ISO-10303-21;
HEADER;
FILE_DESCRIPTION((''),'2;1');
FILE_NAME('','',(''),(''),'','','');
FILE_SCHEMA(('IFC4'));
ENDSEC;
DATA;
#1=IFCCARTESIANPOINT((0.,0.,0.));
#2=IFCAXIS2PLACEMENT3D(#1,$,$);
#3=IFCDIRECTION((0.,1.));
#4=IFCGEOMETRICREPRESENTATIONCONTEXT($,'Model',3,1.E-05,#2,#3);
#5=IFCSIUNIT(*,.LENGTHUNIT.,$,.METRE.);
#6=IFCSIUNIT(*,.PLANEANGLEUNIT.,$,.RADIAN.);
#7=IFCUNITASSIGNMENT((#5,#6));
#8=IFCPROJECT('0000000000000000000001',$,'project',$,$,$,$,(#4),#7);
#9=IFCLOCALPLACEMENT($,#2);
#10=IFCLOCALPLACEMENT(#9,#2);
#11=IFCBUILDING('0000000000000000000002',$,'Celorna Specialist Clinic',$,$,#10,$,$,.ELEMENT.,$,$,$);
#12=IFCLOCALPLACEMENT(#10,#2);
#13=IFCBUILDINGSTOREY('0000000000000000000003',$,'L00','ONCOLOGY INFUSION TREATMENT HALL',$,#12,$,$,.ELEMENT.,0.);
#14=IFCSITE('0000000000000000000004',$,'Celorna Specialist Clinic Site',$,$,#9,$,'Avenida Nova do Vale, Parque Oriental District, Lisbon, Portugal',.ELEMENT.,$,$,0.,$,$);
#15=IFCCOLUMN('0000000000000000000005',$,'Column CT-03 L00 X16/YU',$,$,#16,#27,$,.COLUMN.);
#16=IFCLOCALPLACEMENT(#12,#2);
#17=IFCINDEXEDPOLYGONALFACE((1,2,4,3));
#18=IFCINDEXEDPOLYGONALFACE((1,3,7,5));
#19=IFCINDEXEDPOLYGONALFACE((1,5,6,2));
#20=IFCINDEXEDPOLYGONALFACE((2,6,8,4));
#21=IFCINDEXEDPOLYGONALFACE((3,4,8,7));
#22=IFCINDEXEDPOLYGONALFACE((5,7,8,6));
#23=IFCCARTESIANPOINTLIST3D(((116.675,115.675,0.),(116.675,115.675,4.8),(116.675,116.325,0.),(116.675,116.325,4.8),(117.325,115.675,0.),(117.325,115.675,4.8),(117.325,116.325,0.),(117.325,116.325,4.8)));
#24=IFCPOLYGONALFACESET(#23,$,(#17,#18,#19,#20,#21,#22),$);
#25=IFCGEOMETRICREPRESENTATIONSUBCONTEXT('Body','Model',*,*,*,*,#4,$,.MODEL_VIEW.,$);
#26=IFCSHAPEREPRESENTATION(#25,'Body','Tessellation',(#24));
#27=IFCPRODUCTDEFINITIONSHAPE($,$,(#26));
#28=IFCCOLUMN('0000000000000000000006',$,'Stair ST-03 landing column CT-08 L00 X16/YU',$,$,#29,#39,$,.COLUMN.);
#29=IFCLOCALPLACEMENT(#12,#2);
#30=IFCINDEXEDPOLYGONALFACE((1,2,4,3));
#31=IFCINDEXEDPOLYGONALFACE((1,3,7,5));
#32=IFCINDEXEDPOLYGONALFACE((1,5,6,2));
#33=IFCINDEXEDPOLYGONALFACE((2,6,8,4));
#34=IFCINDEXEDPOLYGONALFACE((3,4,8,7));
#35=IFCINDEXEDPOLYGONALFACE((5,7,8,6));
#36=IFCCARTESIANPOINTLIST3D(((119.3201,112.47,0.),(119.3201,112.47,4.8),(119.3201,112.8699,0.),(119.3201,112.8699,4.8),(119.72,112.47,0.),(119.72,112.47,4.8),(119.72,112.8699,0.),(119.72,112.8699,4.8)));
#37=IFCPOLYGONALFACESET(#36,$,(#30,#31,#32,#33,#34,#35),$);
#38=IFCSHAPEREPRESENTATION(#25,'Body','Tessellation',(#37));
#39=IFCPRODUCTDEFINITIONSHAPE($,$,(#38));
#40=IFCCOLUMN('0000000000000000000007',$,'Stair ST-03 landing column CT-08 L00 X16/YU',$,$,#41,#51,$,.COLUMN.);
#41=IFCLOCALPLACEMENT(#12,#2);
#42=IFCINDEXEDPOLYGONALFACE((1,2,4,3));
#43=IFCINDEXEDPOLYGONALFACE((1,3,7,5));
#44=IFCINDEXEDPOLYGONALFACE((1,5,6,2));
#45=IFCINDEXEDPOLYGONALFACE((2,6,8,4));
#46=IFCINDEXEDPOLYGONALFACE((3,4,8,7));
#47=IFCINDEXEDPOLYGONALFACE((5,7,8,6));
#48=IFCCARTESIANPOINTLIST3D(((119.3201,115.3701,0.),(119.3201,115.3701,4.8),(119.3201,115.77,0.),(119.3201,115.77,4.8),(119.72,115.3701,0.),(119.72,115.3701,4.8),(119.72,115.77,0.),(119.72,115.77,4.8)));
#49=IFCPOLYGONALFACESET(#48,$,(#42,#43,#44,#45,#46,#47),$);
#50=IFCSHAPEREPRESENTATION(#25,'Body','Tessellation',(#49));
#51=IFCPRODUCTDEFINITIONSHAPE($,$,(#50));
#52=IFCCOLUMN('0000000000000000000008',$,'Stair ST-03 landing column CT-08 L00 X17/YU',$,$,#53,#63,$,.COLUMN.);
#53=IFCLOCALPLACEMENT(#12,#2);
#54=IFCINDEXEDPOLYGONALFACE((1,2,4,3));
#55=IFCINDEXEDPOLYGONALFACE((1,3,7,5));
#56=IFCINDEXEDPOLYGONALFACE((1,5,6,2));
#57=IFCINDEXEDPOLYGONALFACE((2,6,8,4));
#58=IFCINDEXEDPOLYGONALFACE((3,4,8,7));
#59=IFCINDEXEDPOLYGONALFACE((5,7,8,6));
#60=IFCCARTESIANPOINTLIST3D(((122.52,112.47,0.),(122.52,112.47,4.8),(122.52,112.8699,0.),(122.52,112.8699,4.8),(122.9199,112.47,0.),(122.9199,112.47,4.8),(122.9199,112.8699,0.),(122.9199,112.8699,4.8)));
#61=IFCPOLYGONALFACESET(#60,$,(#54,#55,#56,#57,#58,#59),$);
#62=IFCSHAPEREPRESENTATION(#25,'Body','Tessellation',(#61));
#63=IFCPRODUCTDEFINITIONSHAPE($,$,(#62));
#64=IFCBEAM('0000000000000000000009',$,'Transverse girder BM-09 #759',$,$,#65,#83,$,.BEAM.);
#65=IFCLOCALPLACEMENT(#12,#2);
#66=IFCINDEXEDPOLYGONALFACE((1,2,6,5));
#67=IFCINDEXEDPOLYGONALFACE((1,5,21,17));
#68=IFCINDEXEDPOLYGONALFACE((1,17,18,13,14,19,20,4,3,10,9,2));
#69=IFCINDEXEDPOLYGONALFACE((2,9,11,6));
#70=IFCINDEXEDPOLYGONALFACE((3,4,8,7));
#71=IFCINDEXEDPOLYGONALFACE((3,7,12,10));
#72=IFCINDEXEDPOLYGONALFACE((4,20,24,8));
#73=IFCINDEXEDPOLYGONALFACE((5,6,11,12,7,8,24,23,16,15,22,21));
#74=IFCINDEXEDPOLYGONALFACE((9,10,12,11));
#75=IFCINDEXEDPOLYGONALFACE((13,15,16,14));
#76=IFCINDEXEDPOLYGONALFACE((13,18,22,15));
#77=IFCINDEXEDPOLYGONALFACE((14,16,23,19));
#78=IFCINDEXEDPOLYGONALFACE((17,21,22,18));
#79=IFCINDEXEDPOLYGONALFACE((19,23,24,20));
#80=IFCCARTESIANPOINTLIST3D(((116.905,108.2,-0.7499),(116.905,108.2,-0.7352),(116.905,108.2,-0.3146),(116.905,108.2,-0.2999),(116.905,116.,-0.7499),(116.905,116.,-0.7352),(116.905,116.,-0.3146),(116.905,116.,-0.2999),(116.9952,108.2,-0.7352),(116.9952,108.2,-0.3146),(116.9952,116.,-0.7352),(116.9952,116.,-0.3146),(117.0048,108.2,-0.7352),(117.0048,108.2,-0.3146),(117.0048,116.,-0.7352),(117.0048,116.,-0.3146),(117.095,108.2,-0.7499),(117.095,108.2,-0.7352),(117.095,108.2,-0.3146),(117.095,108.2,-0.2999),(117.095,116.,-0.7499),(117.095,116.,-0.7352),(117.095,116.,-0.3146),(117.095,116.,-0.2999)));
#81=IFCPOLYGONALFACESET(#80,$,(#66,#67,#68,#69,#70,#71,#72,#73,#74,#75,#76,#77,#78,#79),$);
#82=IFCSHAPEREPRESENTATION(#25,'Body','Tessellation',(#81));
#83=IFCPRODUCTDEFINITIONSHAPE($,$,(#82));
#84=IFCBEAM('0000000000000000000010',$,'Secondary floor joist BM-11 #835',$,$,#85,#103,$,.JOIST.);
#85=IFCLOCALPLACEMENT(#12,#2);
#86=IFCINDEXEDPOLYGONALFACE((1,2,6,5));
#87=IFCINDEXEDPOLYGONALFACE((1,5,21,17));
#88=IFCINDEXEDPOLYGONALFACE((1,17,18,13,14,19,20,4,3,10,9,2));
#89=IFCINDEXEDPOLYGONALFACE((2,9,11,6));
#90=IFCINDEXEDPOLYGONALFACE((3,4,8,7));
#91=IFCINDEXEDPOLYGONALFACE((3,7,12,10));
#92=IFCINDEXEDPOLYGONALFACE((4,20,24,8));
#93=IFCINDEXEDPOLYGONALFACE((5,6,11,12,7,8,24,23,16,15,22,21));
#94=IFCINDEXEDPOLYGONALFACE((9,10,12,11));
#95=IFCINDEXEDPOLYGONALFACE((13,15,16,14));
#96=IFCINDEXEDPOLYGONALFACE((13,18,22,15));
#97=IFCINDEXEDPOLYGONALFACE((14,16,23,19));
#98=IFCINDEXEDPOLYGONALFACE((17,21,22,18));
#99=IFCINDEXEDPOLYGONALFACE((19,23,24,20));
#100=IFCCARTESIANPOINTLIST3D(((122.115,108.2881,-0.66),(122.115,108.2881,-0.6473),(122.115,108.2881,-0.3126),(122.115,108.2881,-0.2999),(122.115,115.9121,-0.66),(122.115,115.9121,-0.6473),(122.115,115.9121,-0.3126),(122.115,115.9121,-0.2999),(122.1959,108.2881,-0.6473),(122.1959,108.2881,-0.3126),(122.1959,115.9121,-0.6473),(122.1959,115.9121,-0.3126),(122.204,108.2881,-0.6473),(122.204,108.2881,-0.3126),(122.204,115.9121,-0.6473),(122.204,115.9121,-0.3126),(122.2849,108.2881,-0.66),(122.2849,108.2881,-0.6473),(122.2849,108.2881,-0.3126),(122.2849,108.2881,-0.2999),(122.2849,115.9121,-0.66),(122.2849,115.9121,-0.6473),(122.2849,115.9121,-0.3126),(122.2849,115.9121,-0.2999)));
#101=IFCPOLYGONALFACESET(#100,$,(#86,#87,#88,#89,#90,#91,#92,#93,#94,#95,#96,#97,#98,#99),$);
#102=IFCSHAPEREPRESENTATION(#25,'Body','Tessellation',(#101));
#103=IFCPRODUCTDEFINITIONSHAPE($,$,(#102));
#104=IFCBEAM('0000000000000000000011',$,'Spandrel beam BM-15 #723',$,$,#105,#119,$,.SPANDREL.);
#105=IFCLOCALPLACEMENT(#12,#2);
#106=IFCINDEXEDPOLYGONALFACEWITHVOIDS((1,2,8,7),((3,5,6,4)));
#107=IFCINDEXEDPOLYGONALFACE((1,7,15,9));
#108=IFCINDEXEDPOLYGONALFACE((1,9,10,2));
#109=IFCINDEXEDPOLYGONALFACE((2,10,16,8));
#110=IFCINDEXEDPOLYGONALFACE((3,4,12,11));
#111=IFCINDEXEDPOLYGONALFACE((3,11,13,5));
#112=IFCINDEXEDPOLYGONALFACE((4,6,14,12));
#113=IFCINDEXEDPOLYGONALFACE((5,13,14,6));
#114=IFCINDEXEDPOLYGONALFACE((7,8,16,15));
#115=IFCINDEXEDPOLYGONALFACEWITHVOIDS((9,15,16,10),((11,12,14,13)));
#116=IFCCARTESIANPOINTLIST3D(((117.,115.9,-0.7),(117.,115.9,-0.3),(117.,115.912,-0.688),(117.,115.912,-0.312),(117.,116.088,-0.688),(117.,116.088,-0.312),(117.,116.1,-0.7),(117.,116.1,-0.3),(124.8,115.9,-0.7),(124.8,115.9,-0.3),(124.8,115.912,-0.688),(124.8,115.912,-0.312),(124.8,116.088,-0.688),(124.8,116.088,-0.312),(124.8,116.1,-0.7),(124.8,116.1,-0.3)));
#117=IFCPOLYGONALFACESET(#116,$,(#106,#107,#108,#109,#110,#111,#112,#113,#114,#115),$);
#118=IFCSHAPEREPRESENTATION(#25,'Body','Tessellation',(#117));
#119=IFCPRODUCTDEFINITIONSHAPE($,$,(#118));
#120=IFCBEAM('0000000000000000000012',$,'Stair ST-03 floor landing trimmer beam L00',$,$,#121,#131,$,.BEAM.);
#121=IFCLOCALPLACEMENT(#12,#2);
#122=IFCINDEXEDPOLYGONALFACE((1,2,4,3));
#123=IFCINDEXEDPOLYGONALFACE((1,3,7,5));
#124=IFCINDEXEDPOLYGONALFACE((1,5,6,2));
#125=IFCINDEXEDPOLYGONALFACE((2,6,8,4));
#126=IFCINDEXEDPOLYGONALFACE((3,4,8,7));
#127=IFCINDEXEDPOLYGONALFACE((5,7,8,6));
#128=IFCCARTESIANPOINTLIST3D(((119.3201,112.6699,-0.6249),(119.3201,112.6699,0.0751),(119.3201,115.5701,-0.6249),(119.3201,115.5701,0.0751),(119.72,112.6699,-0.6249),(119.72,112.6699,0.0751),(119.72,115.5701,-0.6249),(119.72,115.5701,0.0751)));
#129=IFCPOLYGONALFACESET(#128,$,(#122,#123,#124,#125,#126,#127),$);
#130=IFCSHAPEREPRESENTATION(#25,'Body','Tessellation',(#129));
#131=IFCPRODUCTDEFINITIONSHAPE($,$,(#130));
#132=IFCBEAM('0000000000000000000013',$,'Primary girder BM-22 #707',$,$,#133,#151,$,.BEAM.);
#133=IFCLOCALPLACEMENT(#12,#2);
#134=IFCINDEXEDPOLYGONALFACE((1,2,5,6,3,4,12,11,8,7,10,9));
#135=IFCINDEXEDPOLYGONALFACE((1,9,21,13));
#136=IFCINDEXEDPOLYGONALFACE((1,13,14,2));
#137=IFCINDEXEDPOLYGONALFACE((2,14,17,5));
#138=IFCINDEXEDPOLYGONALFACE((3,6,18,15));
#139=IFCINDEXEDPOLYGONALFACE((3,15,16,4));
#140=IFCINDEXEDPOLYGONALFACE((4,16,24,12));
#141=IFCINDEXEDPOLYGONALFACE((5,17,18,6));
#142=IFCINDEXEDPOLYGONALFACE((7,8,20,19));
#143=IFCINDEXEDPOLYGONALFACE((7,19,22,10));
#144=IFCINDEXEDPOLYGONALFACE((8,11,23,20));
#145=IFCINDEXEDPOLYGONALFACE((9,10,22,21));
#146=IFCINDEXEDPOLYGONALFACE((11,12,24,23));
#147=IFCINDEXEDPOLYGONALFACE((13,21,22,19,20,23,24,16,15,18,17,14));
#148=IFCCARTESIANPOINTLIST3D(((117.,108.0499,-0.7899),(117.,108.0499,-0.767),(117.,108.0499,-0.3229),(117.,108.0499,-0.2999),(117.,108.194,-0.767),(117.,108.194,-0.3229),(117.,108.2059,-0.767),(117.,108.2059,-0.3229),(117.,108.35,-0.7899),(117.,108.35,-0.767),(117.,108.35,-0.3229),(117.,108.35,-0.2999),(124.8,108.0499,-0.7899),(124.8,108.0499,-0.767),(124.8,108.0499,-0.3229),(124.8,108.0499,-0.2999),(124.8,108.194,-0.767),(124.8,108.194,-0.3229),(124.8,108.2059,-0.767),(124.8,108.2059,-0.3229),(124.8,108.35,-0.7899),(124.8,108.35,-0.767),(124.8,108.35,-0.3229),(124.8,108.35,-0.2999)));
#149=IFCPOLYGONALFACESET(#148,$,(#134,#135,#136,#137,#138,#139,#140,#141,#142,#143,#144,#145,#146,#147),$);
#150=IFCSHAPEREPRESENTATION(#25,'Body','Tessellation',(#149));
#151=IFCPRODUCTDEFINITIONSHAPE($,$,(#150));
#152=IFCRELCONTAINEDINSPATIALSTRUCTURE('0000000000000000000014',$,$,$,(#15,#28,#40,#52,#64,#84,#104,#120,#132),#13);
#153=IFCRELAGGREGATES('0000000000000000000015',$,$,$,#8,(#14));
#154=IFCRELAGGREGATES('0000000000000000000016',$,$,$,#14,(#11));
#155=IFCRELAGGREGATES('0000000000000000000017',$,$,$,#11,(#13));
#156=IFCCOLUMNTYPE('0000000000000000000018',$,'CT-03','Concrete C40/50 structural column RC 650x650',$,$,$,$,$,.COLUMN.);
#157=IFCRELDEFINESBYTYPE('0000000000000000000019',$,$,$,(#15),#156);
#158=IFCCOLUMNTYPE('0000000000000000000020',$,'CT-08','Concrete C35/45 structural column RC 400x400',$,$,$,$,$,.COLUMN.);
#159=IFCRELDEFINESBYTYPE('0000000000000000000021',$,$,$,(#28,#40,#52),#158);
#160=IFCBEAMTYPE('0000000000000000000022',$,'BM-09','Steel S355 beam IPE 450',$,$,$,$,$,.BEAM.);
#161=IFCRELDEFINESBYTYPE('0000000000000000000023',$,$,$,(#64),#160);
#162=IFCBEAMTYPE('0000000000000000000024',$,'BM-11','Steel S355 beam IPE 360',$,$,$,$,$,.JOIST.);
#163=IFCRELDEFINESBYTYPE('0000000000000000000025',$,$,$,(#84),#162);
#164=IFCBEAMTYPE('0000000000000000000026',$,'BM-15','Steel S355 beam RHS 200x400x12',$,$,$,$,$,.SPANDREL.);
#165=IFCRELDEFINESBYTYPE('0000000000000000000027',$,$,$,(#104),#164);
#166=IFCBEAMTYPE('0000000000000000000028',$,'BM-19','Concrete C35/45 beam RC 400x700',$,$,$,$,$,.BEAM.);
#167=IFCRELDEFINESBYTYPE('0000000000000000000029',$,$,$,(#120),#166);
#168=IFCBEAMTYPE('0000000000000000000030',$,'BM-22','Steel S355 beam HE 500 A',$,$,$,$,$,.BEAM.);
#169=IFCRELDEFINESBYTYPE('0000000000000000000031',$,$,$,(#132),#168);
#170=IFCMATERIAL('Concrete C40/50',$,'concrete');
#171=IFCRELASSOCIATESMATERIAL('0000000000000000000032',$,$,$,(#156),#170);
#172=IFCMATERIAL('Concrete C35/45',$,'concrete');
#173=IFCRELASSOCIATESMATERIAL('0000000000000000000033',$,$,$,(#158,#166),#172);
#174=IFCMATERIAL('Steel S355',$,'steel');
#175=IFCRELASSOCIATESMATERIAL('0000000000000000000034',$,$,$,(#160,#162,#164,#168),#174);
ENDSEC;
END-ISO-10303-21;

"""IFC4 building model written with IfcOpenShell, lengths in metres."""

from ifc_helpers import new_model, si_unit, direction, frame, origin, origin_2d, place, context, subcontext, project, spatial, rectangle, hollow_rectangle, i_section, extrude, material, material_profile, profile_set, type_object, element, save


model = new_model("IFC4")

# Units and contexts
model_context = context("Model", 3, precision=1e-05, world=origin(), true_north=direction((0.0, 1.0)))
body_context = subcontext(model_context, "Body", "Model", "MODEL_VIEW")
ifc_project = project(units=[si_unit("LENGTHUNIT", "METRE"), si_unit("PLANEANGLEUNIT", "RADIAN")], contexts=[model_context])

# Site, building, storey
site_placement = place(None, origin())
site = spatial("IfcSite", under=ifc_project, at=site_placement, Name="Celorna Specialist Clinic Site", LongName="Avenida Nova do Vale, Parque Oriental District, Lisbon, Portugal", CompositionType="ELEMENT", RefElevation=0.0)
building_placement = place(site_placement, origin())
building = spatial("IfcBuilding", under=site, at=building_placement, Name="Celorna Specialist Clinic", CompositionType="ELEMENT")
storey_placement = place(building_placement, origin())
storey = spatial("IfcBuildingStorey", under=building, at=storey_placement, Name="L00", Description="ONCOLOGY INFUSION TREATMENT HALL", CompositionType="ELEMENT", Elevation=0.0)

# Columns
ifc_material_1 = material(Name="Concrete C40/50", Category="concrete")
ifc_material_profile_1 = material_profile(ifc_material_1, rectangle(XDim=0.6499, YDim=0.6499, at=origin_2d()), Name="RC 650x650")
ifc_profile_set_1 = profile_set([ifc_material_profile_1], Name="Concrete C40/50")
column_type_1 = type_object("IfcColumnType", Name="CT-03", Description="Concrete C40/50 structural column RC 650x650", PredefinedType="COLUMN", material=ifc_profile_set_1)
column_placement = place(storey_placement, frame((117.0, 116.0, 0.0), z_axis=(0.0, 0.0, 1.0), x_axis=(1.0, 0.0, 0.0)))
element("IfcColumn", 1, at=column_placement, inside=storey, type_object=column_type_1, Name="Column CT-03 L00 X16/YU", PredefinedType="COLUMN", context=body_context, shape_type="SweptSolid", body=[
    extrude(rectangle(XDim=0.6499, YDim=0.6499, at=origin_2d()), origin(), (0.0, 0.0, 1.0), 4.8),
])
ifc_material_2 = material(Name="Concrete C35/45", Category="concrete")
ifc_material_profile_2 = material_profile(ifc_material_2, rectangle(XDim=0.3999, YDim=0.3999, at=origin_2d()), Name="RC 400x400")
ifc_profile_set_2 = profile_set([ifc_material_profile_2], Name="Concrete C35/45")
column_type_2 = type_object("IfcColumnType", Name="CT-08", Description="Concrete C35/45 structural column RC 400x400", PredefinedType="COLUMN", material=ifc_profile_set_2)
for number, where, z_axis, x_axis, name in (
    (2, (119.52, 112.6699, 0.0), (0.0, 0.0, 1.0), (1.0, 0.0, 0.0), "Stair ST-03 landing column CT-08 L00 X16/YU"),
    (3, (119.52, 115.5701, 0.0), (0.0, 0.0, 1.0), (1.0, 0.0, 0.0), "Stair ST-03 landing column CT-08 L00 X16/YU"),
    (4, (122.72, 112.6699, 0.0), (0.0, 0.0, 1.0), (1.0, 0.0, 0.0), "Stair ST-03 landing column CT-08 L00 X17/YU"),
):
    element("IfcColumn", number, at=place(storey_placement, frame(where, z_axis=z_axis, x_axis=x_axis)), inside=storey, type_object=column_type_2, Name=name, PredefinedType="COLUMN", context=body_context, shape_type="SweptSolid", body=[
        extrude(rectangle(XDim=0.3999, YDim=0.3999, at=origin_2d()), origin(), (0.0, 0.0, 1.0), 4.8),
    ])

# Beams
ifc_material_3 = material(Name="Steel S355", Category="steel")
ifc_material_profile_3 = material_profile(ifc_material_3, i_section(OverallWidth=0.1899, OverallDepth=0.45, WebThickness=0.0095, FlangeThickness=0.0146, at=origin_2d()), Name="IPE 450")
ifc_profile_set_3 = profile_set([ifc_material_profile_3], Name="Steel S355")
beam_type_1 = type_object("IfcBeamType", Name="BM-09", Description="Steel S355 beam IPE 450", PredefinedType="BEAM", material=ifc_profile_set_3)
beam_1_placement = place(storey_placement, frame((117.0, 108.2, -0.5249), z_axis=(0.0, 1.0, 0.0), x_axis=(-1.0, 0.0, 0.0)))
element("IfcBeam", 5, at=beam_1_placement, inside=storey, type_object=beam_type_1, Name="Transverse girder BM-09 #759", PredefinedType="BEAM", context=body_context, shape_type="SweptSolid", body=[
    extrude(i_section(OverallWidth=0.1899, OverallDepth=0.45, WebThickness=0.0095, FlangeThickness=0.0146, at=origin_2d()), origin(), (0.0, 0.0, 1.0), 7.8),
])
ifc_material_profile_4 = material_profile(ifc_material_3, i_section(OverallWidth=0.1699, OverallDepth=0.3601, WebThickness=0.0081, FlangeThickness=0.0127, at=origin_2d()), Name="IPE 360")
ifc_profile_set_4 = profile_set([ifc_material_profile_4], Name="Steel S355")
beam_type_2 = type_object("IfcBeamType", Name="BM-11", Description="Steel S355 beam IPE 360", PredefinedType="JOIST", material=ifc_profile_set_4)
beam_2_placement = place(storey_placement, frame((122.2, 108.2881, -0.48), z_axis=(0.0, 1.0, 0.0), x_axis=(-1.0, 0.0, 0.0)))
element("IfcBeam", 6, at=beam_2_placement, inside=storey, type_object=beam_type_2, Name="Secondary floor joist BM-11 #835", PredefinedType="JOIST", context=body_context, shape_type="SweptSolid", body=[
    extrude(i_section(OverallWidth=0.1699, OverallDepth=0.3601, WebThickness=0.0081, FlangeThickness=0.0127, at=origin_2d()), origin(), (0.0, 0.0, 1.0), 7.624),
])
ifc_material_profile_5 = material_profile(ifc_material_3, hollow_rectangle(XDim=0.2, YDim=0.3999, WallThickness=0.012, at=origin_2d()), Name="RHS 200x400x12")
ifc_profile_set_5 = profile_set([ifc_material_profile_5], Name="Steel S355")
beam_type_3 = type_object("IfcBeamType", Name="BM-15", Description="Steel S355 beam RHS 200x400x12", PredefinedType="SPANDREL", material=ifc_profile_set_5)
beam_3_placement = place(storey_placement, frame((117.0, 116.0, -0.5), z_axis=(1.0, 0.0, 0.0), x_axis=(0.0, 1.0, 0.0)))
element("IfcBeam", 7, at=beam_3_placement, inside=storey, type_object=beam_type_3, Name="Spandrel beam BM-15 #723", PredefinedType="SPANDREL", context=body_context, shape_type="SweptSolid", body=[
    extrude(hollow_rectangle(XDim=0.2, YDim=0.3999, WallThickness=0.012, at=origin_2d()), origin(), (0.0, 0.0, 1.0), 7.8),
])
ifc_material_profile_6 = material_profile(ifc_material_2, rectangle(XDim=0.3999, YDim=0.7, at=origin_2d()), Name="RC 400x700")
ifc_profile_set_6 = profile_set([ifc_material_profile_6], Name="Concrete C35/45")
beam_type_4 = type_object("IfcBeamType", Name="BM-19", Description="Concrete C35/45 beam RC 400x700", PredefinedType="BEAM", material=ifc_profile_set_6)
beam_4_placement = place(storey_placement, frame((119.52, 112.6699, -0.2749), z_axis=(0.0, 1.0, 0.0), x_axis=(-1.0, 0.0, 0.0)))
element("IfcBeam", 8, at=beam_4_placement, inside=storey, type_object=beam_type_4, Name="Stair ST-03 floor landing trimmer beam L00", PredefinedType="BEAM", context=body_context, shape_type="SweptSolid", body=[
    extrude(rectangle(XDim=0.3999, YDim=0.7, at=origin_2d()), origin(), (0.0, 0.0, 1.0), 2.9001),
])
ifc_material_profile_7 = material_profile(ifc_material_3, i_section(OverallWidth=0.3, OverallDepth=0.49, WebThickness=0.012, FlangeThickness=0.0229, at=origin_2d()), Name="HE 500 A")
ifc_profile_set_7 = profile_set([ifc_material_profile_7], Name="Steel S355")
beam_type_5 = type_object("IfcBeamType", Name="BM-22", Description="Steel S355 beam HE 500 A", PredefinedType="BEAM", material=ifc_profile_set_7)
beam_5_placement = place(storey_placement, frame((117.0, 108.2, -0.5449), z_axis=(1.0, 0.0, 0.0), x_axis=(0.0, 1.0, 0.0)))
element("IfcBeam", 9, at=beam_5_placement, inside=storey, type_object=beam_type_5, Name="Primary girder BM-22 #707", PredefinedType="BEAM", context=body_context, shape_type="SweptSolid", body=[
    extrude(i_section(OverallWidth=0.3, OverallDepth=0.49, WebThickness=0.012, FlangeThickness=0.0229, at=origin_2d()), origin(), (0.0, 0.0, 1.0), 7.8),
])

save(model, "model.ifc")
